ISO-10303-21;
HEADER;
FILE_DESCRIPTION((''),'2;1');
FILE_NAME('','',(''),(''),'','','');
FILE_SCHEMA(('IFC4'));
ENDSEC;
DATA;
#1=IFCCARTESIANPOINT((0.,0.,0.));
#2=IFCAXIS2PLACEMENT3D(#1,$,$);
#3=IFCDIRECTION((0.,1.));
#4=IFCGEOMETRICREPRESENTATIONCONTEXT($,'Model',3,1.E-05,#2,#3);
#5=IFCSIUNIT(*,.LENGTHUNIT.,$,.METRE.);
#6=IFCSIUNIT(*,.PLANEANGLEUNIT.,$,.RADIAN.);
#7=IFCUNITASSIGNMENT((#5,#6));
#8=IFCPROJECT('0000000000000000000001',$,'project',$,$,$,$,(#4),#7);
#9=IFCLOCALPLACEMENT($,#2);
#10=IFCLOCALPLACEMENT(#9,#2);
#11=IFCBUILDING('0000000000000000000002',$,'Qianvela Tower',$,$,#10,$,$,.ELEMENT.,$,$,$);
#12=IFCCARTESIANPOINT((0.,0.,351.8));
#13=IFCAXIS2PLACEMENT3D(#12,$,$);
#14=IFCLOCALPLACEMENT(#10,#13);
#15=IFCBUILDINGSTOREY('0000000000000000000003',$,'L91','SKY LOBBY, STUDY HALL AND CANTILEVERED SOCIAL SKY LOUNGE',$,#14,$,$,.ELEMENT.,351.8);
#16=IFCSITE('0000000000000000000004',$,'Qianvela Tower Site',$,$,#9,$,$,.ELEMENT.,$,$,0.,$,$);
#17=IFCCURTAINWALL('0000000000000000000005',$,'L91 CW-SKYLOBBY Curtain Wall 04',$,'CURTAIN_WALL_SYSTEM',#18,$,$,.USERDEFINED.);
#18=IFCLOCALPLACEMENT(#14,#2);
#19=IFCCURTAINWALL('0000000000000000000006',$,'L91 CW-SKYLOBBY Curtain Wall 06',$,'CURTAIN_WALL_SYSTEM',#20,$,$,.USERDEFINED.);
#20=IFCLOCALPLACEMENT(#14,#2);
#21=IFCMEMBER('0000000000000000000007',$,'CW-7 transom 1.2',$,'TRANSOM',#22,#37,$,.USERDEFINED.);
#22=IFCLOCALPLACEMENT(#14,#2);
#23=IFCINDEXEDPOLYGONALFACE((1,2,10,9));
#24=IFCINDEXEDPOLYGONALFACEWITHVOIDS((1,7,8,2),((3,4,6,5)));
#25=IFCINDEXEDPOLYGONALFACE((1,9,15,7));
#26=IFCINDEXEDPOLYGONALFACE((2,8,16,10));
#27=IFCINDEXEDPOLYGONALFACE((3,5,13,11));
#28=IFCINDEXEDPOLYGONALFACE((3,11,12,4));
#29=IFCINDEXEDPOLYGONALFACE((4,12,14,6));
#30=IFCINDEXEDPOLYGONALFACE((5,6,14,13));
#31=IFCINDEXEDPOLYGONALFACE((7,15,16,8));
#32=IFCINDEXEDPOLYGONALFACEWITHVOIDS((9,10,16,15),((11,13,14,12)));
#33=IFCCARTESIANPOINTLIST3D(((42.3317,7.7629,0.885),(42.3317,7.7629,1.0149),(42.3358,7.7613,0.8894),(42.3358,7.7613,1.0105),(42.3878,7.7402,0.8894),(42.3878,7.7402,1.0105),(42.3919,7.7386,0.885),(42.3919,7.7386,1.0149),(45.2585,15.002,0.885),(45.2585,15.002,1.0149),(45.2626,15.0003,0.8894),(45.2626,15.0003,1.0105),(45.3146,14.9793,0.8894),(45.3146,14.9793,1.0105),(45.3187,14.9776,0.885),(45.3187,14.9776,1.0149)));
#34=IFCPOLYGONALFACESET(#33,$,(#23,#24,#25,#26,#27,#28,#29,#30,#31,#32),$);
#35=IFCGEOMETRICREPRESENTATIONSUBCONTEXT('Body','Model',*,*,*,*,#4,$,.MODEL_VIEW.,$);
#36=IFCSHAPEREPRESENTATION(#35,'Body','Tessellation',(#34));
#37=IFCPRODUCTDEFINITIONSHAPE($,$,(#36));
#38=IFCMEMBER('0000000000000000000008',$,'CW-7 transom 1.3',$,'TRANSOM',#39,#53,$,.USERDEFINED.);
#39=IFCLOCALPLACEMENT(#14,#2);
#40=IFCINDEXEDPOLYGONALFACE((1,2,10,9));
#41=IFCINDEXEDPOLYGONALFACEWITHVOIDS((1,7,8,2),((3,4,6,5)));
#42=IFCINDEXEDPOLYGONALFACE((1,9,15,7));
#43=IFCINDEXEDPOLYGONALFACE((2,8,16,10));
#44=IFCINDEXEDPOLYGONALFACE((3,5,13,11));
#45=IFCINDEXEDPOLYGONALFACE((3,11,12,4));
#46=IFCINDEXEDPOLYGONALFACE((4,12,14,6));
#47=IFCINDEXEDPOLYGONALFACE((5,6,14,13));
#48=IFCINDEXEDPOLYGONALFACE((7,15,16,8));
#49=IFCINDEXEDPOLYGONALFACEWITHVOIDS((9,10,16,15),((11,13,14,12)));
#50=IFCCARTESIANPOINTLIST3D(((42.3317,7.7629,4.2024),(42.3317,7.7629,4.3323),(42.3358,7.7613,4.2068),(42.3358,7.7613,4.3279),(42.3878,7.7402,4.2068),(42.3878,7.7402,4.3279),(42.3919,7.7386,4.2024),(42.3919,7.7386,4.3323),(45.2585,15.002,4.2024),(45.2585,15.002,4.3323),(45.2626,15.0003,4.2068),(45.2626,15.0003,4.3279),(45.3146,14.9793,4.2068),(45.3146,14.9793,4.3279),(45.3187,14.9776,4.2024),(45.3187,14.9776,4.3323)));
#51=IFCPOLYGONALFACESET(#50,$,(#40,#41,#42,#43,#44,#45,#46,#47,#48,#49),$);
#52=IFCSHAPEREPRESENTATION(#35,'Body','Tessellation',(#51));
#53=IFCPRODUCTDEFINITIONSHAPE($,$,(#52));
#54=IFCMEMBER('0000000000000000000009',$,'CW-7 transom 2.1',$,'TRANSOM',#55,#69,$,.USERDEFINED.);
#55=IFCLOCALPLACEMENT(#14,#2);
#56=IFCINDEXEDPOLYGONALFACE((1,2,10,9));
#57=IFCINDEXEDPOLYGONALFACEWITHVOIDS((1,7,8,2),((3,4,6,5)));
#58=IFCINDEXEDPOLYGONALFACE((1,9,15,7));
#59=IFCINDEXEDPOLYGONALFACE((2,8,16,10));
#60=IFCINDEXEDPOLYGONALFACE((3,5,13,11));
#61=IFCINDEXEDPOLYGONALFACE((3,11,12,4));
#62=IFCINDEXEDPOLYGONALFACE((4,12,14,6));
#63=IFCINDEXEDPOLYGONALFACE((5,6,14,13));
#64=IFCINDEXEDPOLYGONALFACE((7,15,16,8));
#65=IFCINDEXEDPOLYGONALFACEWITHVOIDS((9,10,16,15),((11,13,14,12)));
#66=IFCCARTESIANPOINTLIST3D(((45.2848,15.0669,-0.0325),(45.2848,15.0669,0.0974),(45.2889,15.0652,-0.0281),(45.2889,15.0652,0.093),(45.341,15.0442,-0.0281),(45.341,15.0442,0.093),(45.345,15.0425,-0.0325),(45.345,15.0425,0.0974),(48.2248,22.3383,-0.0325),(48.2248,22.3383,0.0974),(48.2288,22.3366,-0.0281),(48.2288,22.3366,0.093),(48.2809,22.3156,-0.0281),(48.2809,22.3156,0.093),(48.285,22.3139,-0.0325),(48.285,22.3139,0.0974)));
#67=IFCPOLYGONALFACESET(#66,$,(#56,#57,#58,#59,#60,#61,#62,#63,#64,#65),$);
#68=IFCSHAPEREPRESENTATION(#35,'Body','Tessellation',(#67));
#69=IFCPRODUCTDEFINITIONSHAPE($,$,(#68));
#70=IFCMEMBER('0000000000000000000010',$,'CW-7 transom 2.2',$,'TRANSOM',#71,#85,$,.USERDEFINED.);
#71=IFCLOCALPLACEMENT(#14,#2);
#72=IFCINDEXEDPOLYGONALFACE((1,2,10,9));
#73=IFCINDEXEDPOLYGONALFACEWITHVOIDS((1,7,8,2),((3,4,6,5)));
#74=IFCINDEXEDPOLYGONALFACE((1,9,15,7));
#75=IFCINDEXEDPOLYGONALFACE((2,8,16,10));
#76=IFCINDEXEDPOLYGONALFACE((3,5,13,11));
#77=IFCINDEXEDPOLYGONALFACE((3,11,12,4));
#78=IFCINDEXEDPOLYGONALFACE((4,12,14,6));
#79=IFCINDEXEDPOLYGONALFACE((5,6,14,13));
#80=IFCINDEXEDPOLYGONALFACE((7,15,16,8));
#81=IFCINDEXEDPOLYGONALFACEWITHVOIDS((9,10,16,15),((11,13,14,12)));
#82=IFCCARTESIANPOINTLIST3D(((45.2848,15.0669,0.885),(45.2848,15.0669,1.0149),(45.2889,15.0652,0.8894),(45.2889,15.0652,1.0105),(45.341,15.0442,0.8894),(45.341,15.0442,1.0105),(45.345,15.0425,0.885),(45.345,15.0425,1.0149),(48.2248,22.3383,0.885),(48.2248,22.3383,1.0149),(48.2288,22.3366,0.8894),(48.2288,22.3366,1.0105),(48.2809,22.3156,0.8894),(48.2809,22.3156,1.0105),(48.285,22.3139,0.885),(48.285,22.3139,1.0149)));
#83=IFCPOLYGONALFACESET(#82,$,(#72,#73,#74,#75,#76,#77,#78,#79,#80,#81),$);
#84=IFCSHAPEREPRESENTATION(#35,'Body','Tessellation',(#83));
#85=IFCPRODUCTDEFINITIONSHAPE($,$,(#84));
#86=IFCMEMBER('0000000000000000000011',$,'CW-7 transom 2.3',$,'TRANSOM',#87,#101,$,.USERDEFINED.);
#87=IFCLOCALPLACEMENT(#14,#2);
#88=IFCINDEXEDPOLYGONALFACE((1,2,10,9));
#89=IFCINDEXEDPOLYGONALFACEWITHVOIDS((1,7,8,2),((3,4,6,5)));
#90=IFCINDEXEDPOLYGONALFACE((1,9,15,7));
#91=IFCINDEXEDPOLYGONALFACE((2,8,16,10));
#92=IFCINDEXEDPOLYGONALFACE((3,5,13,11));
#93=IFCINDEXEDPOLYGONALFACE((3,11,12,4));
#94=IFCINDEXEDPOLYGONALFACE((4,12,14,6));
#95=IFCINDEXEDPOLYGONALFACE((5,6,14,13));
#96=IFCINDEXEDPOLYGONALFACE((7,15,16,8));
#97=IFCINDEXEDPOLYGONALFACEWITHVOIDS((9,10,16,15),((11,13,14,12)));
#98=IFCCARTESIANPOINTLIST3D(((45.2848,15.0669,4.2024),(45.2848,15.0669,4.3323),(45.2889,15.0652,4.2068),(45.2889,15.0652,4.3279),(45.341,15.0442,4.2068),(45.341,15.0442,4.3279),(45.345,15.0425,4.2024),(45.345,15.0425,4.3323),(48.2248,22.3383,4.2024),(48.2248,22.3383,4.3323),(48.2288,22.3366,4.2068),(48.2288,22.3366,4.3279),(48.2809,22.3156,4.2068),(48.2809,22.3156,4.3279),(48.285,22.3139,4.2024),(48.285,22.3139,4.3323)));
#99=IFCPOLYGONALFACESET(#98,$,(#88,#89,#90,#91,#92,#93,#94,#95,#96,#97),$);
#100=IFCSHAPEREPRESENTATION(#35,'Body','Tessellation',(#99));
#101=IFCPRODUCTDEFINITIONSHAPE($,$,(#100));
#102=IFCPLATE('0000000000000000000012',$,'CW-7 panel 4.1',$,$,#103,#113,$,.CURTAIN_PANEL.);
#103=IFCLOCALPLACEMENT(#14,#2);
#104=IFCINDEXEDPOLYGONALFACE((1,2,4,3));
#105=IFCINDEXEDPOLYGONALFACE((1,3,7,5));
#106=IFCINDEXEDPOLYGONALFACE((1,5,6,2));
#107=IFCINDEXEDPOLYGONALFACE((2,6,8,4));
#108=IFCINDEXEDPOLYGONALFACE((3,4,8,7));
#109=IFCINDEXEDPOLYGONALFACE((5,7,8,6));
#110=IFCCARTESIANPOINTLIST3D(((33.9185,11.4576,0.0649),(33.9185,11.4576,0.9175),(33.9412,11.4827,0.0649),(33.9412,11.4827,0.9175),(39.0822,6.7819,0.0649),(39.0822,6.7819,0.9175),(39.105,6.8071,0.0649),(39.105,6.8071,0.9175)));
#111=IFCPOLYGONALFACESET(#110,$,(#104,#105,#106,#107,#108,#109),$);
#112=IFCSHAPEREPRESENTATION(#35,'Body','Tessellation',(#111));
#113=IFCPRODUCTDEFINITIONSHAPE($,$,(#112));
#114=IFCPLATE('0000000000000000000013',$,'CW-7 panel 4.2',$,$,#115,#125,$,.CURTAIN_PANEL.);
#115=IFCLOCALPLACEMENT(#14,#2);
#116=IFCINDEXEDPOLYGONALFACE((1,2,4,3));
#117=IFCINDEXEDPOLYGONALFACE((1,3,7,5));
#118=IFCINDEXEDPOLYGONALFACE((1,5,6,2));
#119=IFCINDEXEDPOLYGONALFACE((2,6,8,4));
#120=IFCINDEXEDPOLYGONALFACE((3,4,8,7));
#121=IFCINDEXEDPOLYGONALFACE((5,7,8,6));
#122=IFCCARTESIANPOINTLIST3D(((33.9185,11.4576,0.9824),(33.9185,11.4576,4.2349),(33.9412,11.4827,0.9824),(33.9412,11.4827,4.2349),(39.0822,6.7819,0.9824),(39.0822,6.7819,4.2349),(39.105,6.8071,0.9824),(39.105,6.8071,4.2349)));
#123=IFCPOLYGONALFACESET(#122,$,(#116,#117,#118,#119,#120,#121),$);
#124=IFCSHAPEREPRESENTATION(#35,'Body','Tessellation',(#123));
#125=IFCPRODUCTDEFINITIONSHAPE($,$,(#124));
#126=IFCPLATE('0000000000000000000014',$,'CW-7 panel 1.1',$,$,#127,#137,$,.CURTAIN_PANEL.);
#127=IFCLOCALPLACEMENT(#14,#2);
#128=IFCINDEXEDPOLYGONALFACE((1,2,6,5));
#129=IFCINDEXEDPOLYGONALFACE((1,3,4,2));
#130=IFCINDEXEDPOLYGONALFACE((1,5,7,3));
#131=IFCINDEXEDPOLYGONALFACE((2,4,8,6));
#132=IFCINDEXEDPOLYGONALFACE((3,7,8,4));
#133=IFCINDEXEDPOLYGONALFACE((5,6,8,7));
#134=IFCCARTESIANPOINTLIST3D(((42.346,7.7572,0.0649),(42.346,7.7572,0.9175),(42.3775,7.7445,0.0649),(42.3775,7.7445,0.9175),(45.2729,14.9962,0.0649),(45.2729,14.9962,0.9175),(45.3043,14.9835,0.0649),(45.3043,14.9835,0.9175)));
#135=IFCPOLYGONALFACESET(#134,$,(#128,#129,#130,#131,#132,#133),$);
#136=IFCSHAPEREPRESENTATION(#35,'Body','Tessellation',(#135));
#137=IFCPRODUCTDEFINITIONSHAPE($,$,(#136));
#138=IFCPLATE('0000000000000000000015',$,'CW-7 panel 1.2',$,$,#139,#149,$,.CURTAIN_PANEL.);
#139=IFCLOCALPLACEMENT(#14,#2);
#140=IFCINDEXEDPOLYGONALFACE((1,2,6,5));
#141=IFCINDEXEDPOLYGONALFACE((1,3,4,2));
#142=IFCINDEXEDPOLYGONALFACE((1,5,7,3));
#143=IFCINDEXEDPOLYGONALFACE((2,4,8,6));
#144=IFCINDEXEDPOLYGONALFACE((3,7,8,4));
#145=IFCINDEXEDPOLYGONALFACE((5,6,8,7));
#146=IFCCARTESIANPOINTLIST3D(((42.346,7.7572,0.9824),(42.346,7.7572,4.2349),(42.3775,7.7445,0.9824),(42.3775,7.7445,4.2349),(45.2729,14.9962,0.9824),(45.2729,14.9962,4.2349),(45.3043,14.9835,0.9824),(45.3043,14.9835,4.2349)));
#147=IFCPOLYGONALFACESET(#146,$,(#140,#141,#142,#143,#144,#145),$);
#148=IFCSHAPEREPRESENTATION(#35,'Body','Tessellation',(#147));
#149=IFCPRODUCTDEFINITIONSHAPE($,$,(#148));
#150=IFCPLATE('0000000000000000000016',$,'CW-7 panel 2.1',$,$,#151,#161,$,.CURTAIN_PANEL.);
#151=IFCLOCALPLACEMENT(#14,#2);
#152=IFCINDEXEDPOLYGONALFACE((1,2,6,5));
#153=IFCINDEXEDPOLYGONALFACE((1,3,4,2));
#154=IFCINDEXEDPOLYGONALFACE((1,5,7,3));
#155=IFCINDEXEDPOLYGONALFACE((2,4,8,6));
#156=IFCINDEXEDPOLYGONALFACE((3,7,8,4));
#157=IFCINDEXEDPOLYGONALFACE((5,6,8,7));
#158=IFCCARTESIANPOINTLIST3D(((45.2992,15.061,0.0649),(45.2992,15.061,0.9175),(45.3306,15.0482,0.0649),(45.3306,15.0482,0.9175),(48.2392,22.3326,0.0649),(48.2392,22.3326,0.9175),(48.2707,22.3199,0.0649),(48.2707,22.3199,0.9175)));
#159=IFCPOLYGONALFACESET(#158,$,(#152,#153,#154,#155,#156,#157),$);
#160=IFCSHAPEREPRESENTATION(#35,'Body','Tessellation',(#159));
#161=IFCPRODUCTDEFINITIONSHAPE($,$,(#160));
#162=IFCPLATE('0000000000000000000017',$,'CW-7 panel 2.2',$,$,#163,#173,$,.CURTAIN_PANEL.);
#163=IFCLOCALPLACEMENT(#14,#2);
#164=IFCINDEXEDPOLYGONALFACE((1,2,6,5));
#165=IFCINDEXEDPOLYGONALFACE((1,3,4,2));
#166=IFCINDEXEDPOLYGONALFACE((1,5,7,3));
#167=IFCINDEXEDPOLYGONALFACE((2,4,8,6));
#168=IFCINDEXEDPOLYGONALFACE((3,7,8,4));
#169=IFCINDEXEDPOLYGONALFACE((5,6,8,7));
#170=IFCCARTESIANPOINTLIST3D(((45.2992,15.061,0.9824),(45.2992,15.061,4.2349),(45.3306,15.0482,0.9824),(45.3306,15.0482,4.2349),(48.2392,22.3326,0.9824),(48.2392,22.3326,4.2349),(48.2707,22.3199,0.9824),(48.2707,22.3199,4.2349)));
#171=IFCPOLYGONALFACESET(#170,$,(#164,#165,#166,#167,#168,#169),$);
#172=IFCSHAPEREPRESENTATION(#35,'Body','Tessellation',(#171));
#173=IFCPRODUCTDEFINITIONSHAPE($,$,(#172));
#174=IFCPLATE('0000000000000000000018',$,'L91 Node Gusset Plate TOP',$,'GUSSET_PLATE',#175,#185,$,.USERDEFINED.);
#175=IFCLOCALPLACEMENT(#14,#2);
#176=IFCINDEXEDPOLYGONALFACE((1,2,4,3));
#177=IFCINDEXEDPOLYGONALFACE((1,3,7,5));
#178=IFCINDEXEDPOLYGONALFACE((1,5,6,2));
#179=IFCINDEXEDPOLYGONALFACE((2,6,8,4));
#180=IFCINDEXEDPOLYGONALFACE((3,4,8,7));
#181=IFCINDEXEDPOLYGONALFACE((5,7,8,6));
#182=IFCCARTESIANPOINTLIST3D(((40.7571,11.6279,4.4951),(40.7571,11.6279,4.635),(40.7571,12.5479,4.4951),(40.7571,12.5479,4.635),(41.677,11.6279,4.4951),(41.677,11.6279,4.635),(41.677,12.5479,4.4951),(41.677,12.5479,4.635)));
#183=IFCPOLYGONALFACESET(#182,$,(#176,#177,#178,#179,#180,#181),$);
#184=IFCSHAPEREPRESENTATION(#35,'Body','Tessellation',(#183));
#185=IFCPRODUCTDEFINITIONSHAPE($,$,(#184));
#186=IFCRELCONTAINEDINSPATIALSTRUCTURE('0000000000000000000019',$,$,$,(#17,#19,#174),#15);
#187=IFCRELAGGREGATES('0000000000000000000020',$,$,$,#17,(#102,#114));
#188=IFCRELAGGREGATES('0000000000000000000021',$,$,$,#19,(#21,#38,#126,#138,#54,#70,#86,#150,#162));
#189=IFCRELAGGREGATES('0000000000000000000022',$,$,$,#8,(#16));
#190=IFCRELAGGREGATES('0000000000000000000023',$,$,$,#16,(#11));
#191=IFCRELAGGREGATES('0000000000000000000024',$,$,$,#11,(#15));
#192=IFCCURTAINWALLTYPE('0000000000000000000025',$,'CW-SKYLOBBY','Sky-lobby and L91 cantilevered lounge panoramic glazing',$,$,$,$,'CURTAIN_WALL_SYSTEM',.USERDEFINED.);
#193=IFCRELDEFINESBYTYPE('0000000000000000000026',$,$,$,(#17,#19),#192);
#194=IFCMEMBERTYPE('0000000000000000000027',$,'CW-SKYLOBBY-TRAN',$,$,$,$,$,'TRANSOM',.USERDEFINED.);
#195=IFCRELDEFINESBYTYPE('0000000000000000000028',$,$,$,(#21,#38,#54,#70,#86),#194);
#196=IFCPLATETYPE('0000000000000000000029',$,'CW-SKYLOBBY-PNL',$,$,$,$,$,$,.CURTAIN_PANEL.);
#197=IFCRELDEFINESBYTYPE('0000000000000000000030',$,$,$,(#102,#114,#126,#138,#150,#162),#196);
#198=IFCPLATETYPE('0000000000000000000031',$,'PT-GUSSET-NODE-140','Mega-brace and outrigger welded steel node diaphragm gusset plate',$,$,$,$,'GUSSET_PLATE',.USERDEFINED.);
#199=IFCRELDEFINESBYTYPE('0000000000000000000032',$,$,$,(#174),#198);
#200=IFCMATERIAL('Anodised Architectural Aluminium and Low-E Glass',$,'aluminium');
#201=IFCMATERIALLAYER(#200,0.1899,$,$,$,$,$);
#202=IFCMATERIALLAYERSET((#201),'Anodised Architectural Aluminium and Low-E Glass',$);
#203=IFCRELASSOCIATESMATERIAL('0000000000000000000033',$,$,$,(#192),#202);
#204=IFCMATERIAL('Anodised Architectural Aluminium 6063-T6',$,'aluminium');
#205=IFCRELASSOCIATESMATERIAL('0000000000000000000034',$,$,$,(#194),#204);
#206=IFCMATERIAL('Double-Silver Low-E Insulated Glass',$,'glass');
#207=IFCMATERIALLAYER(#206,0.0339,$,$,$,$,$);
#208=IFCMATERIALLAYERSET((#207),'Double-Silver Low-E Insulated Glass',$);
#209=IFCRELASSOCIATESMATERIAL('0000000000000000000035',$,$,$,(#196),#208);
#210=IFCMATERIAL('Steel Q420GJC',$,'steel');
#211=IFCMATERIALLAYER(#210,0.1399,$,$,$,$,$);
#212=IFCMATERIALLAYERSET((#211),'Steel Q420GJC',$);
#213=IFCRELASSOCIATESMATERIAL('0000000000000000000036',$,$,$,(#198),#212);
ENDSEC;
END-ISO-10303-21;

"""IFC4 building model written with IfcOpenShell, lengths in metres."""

from ifc_helpers import new_model, si_unit, direction, frame, origin, origin_2d, place, context, subcontext, project, spatial, rectangle, hollow_rectangle, extrude, material, layer, layer_set, material_profile, profile_set, type_object, element, aggregate, save


model = new_model("IFC4")

# Units and contexts
model_context = context("Model", 3, precision=1e-05, world=origin(), true_north=direction((0.0, 1.0)))
body_context = subcontext(model_context, "Body", "Model", "MODEL_VIEW")
ifc_project = project(units=[si_unit("LENGTHUNIT", "METRE"), si_unit("PLANEANGLEUNIT", "RADIAN")], contexts=[model_context])

# Site, building, storey
site_placement = place(None, origin())
site = spatial("IfcSite", under=ifc_project, at=site_placement, Name="Qianvela Tower Site", CompositionType="ELEMENT", RefElevation=0.0)
building_placement = place(site_placement, origin())
building = spatial("IfcBuilding", under=site, at=building_placement, Name="Qianvela Tower", CompositionType="ELEMENT")
storey_placement = place(building_placement, frame((0.0, 0.0, 351.8)))
storey = spatial("IfcBuildingStorey", under=building, at=storey_placement, Name="L91", Description="SKY LOBBY, STUDY HALL AND CANTILEVERED SOCIAL SKY LOUNGE", CompositionType="ELEMENT", Elevation=351.8)

# Curtain wall
ifc_material_1 = material(Name="Anodised Architectural Aluminium and Low-E Glass", Category="aluminium")
ifc_layer_1 = layer(ifc_material_1, 0.1899)
ifc_layer_set_1 = layer_set([ifc_layer_1], Name="Anodised Architectural Aluminium and Low-E Glass")
curtain_wall_type = type_object("IfcCurtainWallType", Name="CW-SKYLOBBY", Description="Sky-lobby and L91 cantilevered lounge panoramic glazing", ElementType="CURTAIN_WALL_SYSTEM", PredefinedType="USERDEFINED", material=ifc_layer_set_1)
curtain_wall_1_placement = place(storey_placement, origin())
curtain_wall_1 = element("IfcCurtainWall", 1, at=curtain_wall_1_placement, inside=storey, type_object=curtain_wall_type, Name="L91 CW-SKYLOBBY Curtain Wall 04", ObjectType="CURTAIN_WALL_SYSTEM", PredefinedType="USERDEFINED")

# Curtain wall, members
curtain_wall_2_placement = place(storey_placement, origin())
curtain_wall_2 = element("IfcCurtainWall", 2, at=curtain_wall_2_placement, inside=storey, type_object=curtain_wall_type, Name="L91 CW-SKYLOBBY Curtain Wall 06", ObjectType="CURTAIN_WALL_SYSTEM", PredefinedType="USERDEFINED")
ifc_material_2 = material(Name="Anodised Architectural Aluminium 6063-T6", Category="aluminium")
ifc_material_profile_1 = material_profile(ifc_material_2, hollow_rectangle(XDim=0.0649, YDim=0.1299, WallThickness=0.0044, at=origin_2d()), Name="ALU-TRAN-65x130")
ifc_profile_set_1 = profile_set([ifc_material_profile_1], Name="Anodised Architectural Aluminium 6063-T6")
member_type_1 = type_object("IfcMemberType", Name="CW-SKYLOBBY-TRAN", ElementType="TRANSOM", PredefinedType="USERDEFINED", material=ifc_profile_set_1)
member_1_placement = place(storey_placement, frame((42.3618, 7.7507, 0.95), z_axis=(0.374827, 0.927095, 0.0), x_axis=(-0.927095, 0.374827, 0.0)))
member_1 = element("IfcMember", 3, at=member_1_placement, type_object=member_type_1, Name="CW-7 transom 1.2", ObjectType="TRANSOM", PredefinedType="USERDEFINED", context=body_context, shape_type="SweptSolid", body=[
    extrude(hollow_rectangle(XDim=0.0649, YDim=0.1299, WallThickness=0.0044, at=origin_2d()), origin(), (0.0, 0.0, 1.0), 7.8083),
])
member_2_placement = place(storey_placement, frame((42.3618, 7.7507, 4.2673), z_axis=(0.374827, 0.927095, 0.0), x_axis=(-0.927095, 0.374827, 0.0)))
member_2 = element("IfcMember", 4, at=member_2_placement, type_object=member_type_1, Name="CW-7 transom 1.3", ObjectType="TRANSOM", PredefinedType="USERDEFINED", context=body_context, shape_type="SweptSolid", body=[
    extrude(hollow_rectangle(XDim=0.0649, YDim=0.1299, WallThickness=0.0044, at=origin_2d()), origin(), (0.0, 0.0, 1.0), 7.8083),
])
member_3_placement = place(storey_placement, frame((45.3149, 15.0547, 0.0325), z_axis=(0.374834, 0.927092, 0.0), x_axis=(-0.927092, 0.374834, 0.0)))
member_3 = element("IfcMember", 5, at=member_3_placement, type_object=member_type_1, Name="CW-7 transom 2.1", ObjectType="TRANSOM", PredefinedType="USERDEFINED", context=body_context, shape_type="SweptSolid", body=[
    extrude(hollow_rectangle(XDim=0.0649, YDim=0.1299, WallThickness=0.0044, at=origin_2d()), origin(), (0.0, 0.0, 1.0), 7.8433),
])
member_4_placement = place(storey_placement, frame((45.3149, 15.0547, 0.95), z_axis=(0.374834, 0.927092, 0.0), x_axis=(-0.927092, 0.374834, 0.0)))
member_4 = element("IfcMember", 6, at=member_4_placement, type_object=member_type_1, Name="CW-7 transom 2.2", ObjectType="TRANSOM", PredefinedType="USERDEFINED", context=body_context, shape_type="SweptSolid", body=[
    extrude(hollow_rectangle(XDim=0.0649, YDim=0.1299, WallThickness=0.0044, at=origin_2d()), origin(), (0.0, 0.0, 1.0), 7.8433),
])
member_5_placement = place(storey_placement, frame((45.3149, 15.0547, 4.2673), z_axis=(0.374834, 0.927092, 0.0), x_axis=(-0.927092, 0.374834, 0.0)))
member_5 = element("IfcMember", 7, at=member_5_placement, type_object=member_type_1, Name="CW-7 transom 2.3", ObjectType="TRANSOM", PredefinedType="USERDEFINED", context=body_context, shape_type="SweptSolid", body=[
    extrude(hollow_rectangle(XDim=0.0649, YDim=0.1299, WallThickness=0.0044, at=origin_2d()), origin(), (0.0, 0.0, 1.0), 7.8433),
])

# Plates
ifc_material_3 = material(Name="Double-Silver Low-E Insulated Glass", Category="glass")
ifc_layer_2 = layer(ifc_material_3, 0.0339)
ifc_layer_set_2 = layer_set([ifc_layer_2], Name="Double-Silver Low-E Insulated Glass")
plate_type_1 = type_object("IfcPlateType", Name="CW-SKYLOBBY-PNL", PredefinedType="CURTAIN_PANEL", material=ifc_layer_set_2)
plate_1_placement = place(storey_placement, frame((36.5117, 9.1323, 0.0649), z_axis=(0.0, 0.0, 1.0), x_axis=(0.741273, -0.671203, 0.0)))
plate_1 = element("IfcPlate", 8, at=plate_1_placement, type_object=plate_type_1, Name="CW-7 panel 4.1", PredefinedType="CURTAIN_PANEL", context=body_context, shape_type="SweptSolid", body=[
    extrude(rectangle(XDim=6.9661, YDim=0.0339, at=origin_2d()), origin(), (0.0, 0.0, 1.0), 0.8525),
])
plate_2_placement = place(storey_placement, frame((36.5117, 9.1323, 0.9824), z_axis=(0.0, 0.0, 1.0), x_axis=(0.741273, -0.671203, 0.0)))
plate_2 = element("IfcPlate", 9, at=plate_2_placement, type_object=plate_type_1, Name="CW-7 panel 4.2", PredefinedType="CURTAIN_PANEL", context=body_context, shape_type="SweptSolid", body=[
    extrude(rectangle(XDim=6.9661, YDim=0.0339, at=origin_2d()), origin(), (0.0, 0.0, 1.0), 3.2524),
])
aggregate(curtain_wall_1, [plate_1, plate_2])
plate_3_placement = place(storey_placement, frame((43.8252, 11.3704, 0.0649), z_axis=(0.0, 0.0, 1.0), x_axis=(0.374834, 0.927092, 0.0)))
plate_3 = element("IfcPlate", 10, at=plate_3_placement, type_object=plate_type_1, Name="CW-7 panel 1.1", PredefinedType="CURTAIN_PANEL", context=body_context, shape_type="SweptSolid", body=[
    extrude(rectangle(XDim=7.8083, YDim=0.0339, at=origin_2d()), origin(), (0.0, 0.0, 1.0), 0.8525),
])
plate_4_placement = place(storey_placement, frame((43.8252, 11.3704, 0.9824), z_axis=(0.0, 0.0, 1.0), x_axis=(0.374834, 0.927092, 0.0)))
plate_4 = element("IfcPlate", 11, at=plate_4_placement, type_object=plate_type_1, Name="CW-7 panel 1.2", PredefinedType="CURTAIN_PANEL", context=body_context, shape_type="SweptSolid", body=[
    extrude(rectangle(XDim=7.8083, YDim=0.0339, at=origin_2d()), origin(), (0.0, 0.0, 1.0), 3.2524),
])
plate_5_placement = place(storey_placement, frame((46.7849, 18.6904, 0.0649), z_axis=(0.0, 0.0, 1.0), x_axis=(0.374834, 0.927092, 0.0)))
plate_5 = element("IfcPlate", 12, at=plate_5_placement, type_object=plate_type_1, Name="CW-7 panel 2.1", PredefinedType="CURTAIN_PANEL", context=body_context, shape_type="SweptSolid", body=[
    extrude(rectangle(XDim=7.8435, YDim=0.0339, at=origin_2d()), origin(), (0.0, 0.0, 1.0), 0.8525),
])
plate_6_placement = place(storey_placement, frame((46.7849, 18.6904, 0.9824), z_axis=(0.0, 0.0, 1.0), x_axis=(0.374834, 0.927092, 0.0)))
plate_6 = element("IfcPlate", 13, at=plate_6_placement, type_object=plate_type_1, Name="CW-7 panel 2.2", PredefinedType="CURTAIN_PANEL", context=body_context, shape_type="SweptSolid", body=[
    extrude(rectangle(XDim=7.8435, YDim=0.0339, at=origin_2d()), origin(), (0.0, 0.0, 1.0), 3.2524),
])
aggregate(curtain_wall_2, [member_1, member_2, plate_3, plate_4, member_3, member_4, member_5, plate_5, plate_6])

# Plate
ifc_material_4 = material(Name="Steel Q420GJC", Category="steel")
ifc_layer_3 = layer(ifc_material_4, 0.1399)
ifc_layer_set_3 = layer_set([ifc_layer_3], Name="Steel Q420GJC")
plate_type_2 = type_object("IfcPlateType", Name="PT-GUSSET-NODE-140", Description="Mega-brace and outrigger welded steel node diaphragm gusset plate", ElementType="GUSSET_PLATE", PredefinedType="USERDEFINED", material=ifc_layer_set_3)
plate_7_placement = place(storey_placement, frame((41.217, 12.0879, 4.4951), z_axis=(0.0, 0.0, 1.0), x_axis=(1.0, 0.0, 0.0)))
element("IfcPlate", 14, at=plate_7_placement, inside=storey, type_object=plate_type_2, Name="L91 Node Gusset Plate TOP", ObjectType="GUSSET_PLATE", PredefinedType="USERDEFINED", context=body_context, shape_type="SweptSolid", body=[
    extrude(rectangle(XDim=0.9199, YDim=0.9199, at=origin_2d()), origin(), (0.0, 0.0, 1.0), 0.1399),
])

save(model, "model.ifc")
